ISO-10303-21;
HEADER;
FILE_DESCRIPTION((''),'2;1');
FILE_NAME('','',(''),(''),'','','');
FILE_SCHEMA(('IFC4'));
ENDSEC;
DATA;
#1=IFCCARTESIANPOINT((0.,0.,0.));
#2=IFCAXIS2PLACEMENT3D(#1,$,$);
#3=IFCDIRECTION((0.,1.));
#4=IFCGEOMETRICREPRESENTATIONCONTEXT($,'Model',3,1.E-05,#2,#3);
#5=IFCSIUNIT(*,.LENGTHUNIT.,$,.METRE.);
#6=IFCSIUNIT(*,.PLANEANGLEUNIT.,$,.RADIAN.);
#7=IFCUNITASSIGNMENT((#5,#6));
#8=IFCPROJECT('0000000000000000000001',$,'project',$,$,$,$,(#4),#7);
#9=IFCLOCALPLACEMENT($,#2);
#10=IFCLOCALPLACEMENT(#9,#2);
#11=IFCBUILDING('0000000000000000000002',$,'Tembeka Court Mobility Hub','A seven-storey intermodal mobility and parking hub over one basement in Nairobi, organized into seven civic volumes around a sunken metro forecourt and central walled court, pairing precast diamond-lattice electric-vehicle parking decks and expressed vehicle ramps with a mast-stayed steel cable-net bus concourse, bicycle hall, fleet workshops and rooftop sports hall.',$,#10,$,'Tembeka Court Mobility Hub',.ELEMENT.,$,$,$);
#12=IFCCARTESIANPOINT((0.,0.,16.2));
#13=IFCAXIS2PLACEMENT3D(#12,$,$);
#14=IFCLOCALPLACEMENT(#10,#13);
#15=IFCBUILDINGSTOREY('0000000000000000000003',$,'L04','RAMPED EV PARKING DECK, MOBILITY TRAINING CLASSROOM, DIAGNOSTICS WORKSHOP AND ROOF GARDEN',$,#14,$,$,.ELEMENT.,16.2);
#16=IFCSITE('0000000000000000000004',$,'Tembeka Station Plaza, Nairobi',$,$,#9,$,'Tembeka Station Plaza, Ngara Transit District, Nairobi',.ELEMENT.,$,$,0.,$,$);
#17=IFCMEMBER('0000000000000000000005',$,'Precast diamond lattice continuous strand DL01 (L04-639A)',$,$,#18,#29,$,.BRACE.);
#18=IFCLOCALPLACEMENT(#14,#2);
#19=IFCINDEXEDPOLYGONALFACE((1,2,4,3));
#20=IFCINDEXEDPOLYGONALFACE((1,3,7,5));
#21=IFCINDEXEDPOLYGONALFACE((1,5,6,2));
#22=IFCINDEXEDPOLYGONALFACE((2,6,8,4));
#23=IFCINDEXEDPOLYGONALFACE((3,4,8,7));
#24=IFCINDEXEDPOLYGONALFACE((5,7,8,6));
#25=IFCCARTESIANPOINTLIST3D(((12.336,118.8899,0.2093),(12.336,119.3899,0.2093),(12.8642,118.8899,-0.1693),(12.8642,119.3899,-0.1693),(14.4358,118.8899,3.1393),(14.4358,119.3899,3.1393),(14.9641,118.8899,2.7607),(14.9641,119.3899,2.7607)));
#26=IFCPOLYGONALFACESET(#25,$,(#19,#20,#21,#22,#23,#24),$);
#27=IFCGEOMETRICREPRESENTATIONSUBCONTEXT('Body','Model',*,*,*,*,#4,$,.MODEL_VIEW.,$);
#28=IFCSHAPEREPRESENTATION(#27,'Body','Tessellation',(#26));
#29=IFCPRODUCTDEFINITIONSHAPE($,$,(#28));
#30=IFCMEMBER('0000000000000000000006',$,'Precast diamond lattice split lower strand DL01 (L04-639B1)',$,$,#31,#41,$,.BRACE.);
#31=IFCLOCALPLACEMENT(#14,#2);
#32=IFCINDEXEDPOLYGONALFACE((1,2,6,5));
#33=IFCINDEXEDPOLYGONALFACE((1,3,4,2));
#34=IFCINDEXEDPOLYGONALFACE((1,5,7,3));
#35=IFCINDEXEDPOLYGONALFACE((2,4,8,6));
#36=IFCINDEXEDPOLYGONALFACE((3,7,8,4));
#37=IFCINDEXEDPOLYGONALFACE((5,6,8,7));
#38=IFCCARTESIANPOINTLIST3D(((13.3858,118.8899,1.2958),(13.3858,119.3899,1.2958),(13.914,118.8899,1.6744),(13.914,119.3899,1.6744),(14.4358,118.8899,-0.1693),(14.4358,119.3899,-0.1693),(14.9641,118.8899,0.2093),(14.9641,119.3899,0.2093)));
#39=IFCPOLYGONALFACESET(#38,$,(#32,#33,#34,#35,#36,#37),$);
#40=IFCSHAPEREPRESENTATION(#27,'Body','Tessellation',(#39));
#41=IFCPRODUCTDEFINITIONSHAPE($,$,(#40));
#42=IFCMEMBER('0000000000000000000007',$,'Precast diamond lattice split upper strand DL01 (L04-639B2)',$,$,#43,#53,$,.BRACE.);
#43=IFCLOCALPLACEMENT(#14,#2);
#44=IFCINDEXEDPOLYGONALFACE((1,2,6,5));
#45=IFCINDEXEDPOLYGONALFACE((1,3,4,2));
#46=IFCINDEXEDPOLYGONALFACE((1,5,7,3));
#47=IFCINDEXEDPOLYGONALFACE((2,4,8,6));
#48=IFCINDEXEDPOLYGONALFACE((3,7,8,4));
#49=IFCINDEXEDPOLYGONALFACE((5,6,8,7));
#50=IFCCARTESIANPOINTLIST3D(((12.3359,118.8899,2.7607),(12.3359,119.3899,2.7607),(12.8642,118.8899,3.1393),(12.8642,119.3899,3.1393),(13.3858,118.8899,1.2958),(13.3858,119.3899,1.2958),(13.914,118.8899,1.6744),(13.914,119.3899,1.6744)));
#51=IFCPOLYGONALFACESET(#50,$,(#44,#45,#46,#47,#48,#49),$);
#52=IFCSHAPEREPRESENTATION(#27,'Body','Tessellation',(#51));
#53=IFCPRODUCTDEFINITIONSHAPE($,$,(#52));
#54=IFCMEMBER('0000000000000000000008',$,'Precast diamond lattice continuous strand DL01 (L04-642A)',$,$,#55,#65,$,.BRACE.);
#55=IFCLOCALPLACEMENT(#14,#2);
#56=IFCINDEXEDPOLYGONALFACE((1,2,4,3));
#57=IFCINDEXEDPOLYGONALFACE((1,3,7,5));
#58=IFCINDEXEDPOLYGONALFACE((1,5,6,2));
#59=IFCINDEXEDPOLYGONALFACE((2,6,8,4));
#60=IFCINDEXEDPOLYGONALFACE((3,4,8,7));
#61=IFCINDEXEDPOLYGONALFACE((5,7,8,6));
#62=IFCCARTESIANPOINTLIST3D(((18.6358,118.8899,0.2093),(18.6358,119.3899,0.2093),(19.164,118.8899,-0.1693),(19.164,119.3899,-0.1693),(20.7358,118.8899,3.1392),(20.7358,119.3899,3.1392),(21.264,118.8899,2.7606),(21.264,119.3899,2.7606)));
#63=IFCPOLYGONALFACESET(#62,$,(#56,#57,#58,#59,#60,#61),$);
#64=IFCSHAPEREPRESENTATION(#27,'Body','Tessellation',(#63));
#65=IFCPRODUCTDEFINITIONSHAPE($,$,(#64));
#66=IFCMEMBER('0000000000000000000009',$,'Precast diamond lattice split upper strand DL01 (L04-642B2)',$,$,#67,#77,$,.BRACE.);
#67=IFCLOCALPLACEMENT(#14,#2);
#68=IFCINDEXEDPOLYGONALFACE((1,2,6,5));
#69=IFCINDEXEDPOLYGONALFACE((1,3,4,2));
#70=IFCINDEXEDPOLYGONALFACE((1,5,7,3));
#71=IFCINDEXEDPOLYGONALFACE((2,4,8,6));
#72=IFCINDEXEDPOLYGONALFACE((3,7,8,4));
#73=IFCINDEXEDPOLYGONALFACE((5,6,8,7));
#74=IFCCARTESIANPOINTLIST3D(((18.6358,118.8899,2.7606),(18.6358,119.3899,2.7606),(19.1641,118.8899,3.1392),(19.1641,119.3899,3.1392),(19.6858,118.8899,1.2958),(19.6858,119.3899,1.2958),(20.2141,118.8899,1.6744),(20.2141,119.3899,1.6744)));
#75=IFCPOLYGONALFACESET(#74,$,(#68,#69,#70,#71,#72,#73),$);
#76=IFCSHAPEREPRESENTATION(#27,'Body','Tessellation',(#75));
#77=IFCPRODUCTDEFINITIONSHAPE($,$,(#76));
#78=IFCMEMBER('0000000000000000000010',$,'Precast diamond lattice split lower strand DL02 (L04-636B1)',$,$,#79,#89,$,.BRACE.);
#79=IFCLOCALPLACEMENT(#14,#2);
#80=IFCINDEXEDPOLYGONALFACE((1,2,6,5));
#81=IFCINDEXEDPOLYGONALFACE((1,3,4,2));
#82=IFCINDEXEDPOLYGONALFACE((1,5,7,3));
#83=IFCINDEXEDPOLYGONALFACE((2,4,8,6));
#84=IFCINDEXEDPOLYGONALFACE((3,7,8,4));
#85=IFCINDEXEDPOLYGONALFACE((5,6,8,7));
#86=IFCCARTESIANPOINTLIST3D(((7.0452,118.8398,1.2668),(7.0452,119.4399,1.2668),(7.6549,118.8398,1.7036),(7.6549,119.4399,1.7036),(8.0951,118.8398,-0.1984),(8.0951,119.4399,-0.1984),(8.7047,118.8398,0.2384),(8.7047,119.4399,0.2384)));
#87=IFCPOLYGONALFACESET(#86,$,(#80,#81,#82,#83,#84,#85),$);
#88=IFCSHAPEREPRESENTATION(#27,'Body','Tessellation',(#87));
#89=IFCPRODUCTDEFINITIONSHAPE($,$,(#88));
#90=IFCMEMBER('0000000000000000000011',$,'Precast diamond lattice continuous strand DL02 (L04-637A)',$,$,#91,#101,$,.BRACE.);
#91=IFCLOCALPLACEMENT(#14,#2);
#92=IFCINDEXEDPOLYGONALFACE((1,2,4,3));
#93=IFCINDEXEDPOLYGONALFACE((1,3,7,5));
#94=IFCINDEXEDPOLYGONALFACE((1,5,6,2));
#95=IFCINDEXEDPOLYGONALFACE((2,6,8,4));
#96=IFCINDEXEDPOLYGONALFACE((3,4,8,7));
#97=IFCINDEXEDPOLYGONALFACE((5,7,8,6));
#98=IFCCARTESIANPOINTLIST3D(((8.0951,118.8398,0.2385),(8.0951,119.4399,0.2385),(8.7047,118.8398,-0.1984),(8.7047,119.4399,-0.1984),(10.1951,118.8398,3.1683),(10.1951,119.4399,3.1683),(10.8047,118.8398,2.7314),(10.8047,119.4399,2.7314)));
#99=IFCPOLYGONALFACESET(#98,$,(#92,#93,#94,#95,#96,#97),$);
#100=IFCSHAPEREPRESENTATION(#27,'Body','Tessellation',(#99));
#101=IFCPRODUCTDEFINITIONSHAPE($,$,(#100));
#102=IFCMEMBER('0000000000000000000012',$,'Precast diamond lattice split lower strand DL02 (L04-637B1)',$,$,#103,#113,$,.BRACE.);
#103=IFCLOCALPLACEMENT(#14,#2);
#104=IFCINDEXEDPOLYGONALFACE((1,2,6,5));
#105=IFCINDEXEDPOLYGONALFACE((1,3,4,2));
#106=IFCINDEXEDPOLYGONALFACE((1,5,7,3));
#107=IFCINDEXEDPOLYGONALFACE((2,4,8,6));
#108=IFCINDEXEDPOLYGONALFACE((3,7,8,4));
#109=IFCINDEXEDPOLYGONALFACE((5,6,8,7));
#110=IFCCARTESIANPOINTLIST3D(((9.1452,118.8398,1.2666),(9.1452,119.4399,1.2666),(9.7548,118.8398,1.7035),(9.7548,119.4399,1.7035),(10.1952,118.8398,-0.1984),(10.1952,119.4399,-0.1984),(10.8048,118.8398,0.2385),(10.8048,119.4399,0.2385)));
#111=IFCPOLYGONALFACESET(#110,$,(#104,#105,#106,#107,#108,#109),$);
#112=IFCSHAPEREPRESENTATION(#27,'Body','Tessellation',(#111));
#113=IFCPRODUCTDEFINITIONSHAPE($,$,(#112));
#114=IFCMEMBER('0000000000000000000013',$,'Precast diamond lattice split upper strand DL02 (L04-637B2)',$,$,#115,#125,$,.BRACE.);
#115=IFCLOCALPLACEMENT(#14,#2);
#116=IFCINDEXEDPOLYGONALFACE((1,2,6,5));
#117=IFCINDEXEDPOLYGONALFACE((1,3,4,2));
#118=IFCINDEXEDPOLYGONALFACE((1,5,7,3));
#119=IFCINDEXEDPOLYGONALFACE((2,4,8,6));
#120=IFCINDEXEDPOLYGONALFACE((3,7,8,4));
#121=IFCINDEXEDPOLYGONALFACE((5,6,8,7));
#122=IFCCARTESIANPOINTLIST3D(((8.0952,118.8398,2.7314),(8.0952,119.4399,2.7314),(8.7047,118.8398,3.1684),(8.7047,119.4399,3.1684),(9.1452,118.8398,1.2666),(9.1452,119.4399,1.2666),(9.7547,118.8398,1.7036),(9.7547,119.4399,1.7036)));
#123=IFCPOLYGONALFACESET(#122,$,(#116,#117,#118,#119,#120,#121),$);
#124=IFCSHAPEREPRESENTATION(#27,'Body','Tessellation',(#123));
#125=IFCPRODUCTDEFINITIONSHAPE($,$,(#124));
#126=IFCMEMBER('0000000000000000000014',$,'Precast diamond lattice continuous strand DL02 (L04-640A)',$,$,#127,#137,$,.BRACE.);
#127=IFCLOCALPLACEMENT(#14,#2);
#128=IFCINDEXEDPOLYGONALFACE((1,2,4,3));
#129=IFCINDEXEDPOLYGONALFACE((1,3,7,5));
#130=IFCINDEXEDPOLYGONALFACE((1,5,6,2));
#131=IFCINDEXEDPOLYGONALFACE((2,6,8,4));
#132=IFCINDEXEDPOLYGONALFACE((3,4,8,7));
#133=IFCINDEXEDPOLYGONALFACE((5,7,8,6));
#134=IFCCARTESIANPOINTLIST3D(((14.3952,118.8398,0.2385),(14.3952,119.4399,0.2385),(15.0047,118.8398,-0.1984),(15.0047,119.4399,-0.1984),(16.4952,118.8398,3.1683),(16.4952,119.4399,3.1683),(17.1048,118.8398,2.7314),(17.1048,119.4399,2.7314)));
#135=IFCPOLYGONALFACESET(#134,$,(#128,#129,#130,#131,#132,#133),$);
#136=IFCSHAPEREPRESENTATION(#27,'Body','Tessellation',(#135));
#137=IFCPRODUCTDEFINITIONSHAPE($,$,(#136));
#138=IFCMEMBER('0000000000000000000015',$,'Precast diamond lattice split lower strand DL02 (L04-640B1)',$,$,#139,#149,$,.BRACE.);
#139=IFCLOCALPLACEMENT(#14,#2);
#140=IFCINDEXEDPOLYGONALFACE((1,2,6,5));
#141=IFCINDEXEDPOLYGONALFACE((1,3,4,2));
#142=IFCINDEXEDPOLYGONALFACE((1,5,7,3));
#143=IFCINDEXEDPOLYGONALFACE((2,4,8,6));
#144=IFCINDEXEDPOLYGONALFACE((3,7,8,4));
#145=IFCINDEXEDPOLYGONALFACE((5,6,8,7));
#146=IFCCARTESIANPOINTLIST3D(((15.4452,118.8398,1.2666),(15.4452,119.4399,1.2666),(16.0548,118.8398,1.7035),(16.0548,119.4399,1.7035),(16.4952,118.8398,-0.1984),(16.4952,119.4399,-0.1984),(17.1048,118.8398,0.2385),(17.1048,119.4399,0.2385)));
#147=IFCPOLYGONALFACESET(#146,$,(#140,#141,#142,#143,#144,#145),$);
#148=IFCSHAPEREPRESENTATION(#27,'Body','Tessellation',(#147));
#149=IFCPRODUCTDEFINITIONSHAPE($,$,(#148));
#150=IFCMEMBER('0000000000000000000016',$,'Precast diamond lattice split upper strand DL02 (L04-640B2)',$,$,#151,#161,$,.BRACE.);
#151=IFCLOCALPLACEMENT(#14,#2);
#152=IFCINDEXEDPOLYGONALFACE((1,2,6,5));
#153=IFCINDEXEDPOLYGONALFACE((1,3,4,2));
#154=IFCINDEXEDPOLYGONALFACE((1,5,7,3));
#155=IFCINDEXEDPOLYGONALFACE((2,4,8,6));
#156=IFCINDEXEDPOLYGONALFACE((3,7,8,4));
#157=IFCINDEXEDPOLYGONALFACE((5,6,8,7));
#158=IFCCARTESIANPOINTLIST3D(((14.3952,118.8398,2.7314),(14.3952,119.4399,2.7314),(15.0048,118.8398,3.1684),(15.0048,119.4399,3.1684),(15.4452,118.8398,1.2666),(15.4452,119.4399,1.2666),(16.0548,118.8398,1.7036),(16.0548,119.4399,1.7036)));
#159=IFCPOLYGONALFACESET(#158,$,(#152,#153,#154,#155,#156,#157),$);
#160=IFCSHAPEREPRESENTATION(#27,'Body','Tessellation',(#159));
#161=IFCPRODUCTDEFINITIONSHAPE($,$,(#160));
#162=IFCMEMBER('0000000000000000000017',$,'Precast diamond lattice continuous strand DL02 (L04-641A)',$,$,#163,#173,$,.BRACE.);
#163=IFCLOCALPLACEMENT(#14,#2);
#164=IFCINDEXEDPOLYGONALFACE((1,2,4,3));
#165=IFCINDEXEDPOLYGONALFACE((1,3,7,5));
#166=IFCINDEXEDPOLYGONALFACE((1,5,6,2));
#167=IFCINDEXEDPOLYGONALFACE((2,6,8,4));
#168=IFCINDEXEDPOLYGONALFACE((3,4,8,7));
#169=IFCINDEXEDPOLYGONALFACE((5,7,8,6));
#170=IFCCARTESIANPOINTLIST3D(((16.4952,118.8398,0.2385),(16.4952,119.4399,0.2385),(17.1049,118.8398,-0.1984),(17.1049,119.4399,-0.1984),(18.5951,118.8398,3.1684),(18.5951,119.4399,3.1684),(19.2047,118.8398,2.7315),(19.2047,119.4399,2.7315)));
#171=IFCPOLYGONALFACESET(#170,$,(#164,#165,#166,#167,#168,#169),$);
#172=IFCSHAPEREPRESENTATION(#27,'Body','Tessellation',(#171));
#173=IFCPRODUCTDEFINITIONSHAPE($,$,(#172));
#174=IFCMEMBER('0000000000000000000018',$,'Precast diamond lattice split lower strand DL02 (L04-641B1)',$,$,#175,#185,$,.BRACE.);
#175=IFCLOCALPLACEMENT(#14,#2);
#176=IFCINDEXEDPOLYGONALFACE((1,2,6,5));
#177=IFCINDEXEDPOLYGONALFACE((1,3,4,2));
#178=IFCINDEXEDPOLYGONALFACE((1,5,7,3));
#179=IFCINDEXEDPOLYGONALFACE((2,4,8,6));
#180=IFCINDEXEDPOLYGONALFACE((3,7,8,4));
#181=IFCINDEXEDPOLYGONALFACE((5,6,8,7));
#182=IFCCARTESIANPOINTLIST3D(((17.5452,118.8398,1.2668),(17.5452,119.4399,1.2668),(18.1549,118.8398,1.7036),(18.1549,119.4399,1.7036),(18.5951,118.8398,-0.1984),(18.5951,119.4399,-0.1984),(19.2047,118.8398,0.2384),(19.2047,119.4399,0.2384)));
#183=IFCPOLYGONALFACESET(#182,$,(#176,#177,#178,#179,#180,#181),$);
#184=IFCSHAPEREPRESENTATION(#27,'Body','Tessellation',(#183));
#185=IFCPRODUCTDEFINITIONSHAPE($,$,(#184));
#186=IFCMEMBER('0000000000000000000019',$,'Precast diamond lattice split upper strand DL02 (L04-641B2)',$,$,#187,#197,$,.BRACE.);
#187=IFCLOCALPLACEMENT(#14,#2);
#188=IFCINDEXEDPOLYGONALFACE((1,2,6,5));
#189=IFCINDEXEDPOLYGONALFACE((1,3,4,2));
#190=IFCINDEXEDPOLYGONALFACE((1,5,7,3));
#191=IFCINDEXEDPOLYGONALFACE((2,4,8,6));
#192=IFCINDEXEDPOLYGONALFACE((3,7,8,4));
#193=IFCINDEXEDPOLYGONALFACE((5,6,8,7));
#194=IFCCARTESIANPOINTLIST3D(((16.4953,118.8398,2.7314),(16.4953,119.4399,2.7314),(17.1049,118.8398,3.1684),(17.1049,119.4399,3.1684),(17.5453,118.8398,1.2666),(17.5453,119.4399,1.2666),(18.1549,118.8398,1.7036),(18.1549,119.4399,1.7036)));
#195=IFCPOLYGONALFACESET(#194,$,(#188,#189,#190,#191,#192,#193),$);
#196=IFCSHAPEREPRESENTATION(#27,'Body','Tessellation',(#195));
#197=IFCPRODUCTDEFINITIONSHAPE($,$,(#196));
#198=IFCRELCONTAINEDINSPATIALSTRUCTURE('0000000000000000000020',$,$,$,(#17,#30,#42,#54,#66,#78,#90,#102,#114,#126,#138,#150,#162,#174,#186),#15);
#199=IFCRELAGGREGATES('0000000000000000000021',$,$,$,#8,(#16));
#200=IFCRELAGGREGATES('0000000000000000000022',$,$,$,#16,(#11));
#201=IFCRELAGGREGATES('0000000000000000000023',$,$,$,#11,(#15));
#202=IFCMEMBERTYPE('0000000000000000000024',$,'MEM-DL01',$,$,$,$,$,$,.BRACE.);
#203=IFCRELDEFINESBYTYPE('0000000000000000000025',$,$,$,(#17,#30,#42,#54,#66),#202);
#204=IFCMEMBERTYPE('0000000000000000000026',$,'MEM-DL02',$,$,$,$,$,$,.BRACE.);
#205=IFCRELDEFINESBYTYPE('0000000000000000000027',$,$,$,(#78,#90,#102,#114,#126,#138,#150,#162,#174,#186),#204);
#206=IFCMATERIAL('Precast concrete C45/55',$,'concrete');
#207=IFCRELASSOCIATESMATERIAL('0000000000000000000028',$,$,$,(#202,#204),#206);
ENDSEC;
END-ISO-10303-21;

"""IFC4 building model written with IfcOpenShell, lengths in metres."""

from ifc_helpers import new_model, si_unit, direction, frame, origin, origin_2d, place, context, subcontext, project, spatial, rectangle, extrude, material, material_profile, profile_set, type_object, element, save


model = new_model("IFC4")

# Units and contexts
model_context = context("Model", 3, precision=1e-05, world=origin(), true_north=direction((0.0, 1.0)))
body_context = subcontext(model_context, "Body", "Model", "MODEL_VIEW")
ifc_project = project(units=[si_unit("LENGTHUNIT", "METRE"), si_unit("PLANEANGLEUNIT", "RADIAN")], contexts=[model_context])

# Site, building, storey
site_placement = place(None, origin())
site = spatial("IfcSite", under=ifc_project, at=site_placement, Name="Tembeka Station Plaza, Nairobi", LongName="Tembeka Station Plaza, Ngara Transit District, Nairobi", CompositionType="ELEMENT", RefElevation=0.0)
building_placement = place(site_placement, origin())
building = spatial("IfcBuilding", under=site, at=building_placement, Name="Tembeka Court Mobility Hub", Description="A seven-storey intermodal mobility and parking hub over one basement in Nairobi, organized into seven civic volumes around a sunken metro forecourt and central walled court, pairing precast diamond-lattice electric-vehicle parking decks and expressed vehicle ramps with a mast-stayed steel cable-net bus concourse, bicycle hall, fleet workshops and rooftop sports hall.", LongName="Tembeka Court Mobility Hub", CompositionType="ELEMENT")
storey_placement = place(building_placement, frame((0.0, 0.0, 16.2)))
storey = spatial("IfcBuildingStorey", under=building, at=storey_placement, Name="L04", Description="RAMPED EV PARKING DECK, MOBILITY TRAINING CLASSROOM, DIAGNOSTICS WORKSHOP AND ROOF GARDEN", CompositionType="ELEMENT", Elevation=16.2)

# Shared definitions
ifc_material_1 = material(Name="Precast concrete C45/55", Category="concrete")

# Members
ifc_material_profile_1 = material_profile(ifc_material_1, rectangle(XDim=0.5, YDim=0.6499, at=origin_2d()), Name="PC-DIAG 500x650")
ifc_profile_set_1 = profile_set([ifc_material_profile_1], Name="Precast concrete C45/55")
member_type_1 = type_object("IfcMemberType", Name="MEM-DL01", PredefinedType="BRACE", material=ifc_profile_set_1)
member_1_placement = place(storey_placement, frame((12.6001, 119.1399, 0.02), z_axis=(0.582532, 0.0, 0.812808), x_axis=(0.0, 1.0, 0.0)))
element("IfcMember", 1, at=member_1_placement, inside=storey, type_object=member_type_1, Name="Precast diamond lattice continuous strand DL01 (L04-639A)", PredefinedType="BRACE", context=body_context, shape_type="SweptSolid", body=[
    extrude(rectangle(XDim=0.5, YDim=0.6499, at=origin_2d()), origin(), (0.0, 0.0, 1.0), 3.6047),
])
member_2_placement = place(storey_placement, frame((14.7, 119.1399, 0.02), z_axis=(-0.582544, 0.0, 0.812799), x_axis=(0.0, -1.0, 0.0)))
element("IfcMember", 2, at=member_2_placement, inside=storey, type_object=member_type_1, Name="Precast diamond lattice split lower strand DL01 (L04-639B1)", PredefinedType="BRACE", context=body_context, shape_type="SweptSolid", body=[
    extrude(rectangle(XDim=0.5, YDim=0.6499, at=origin_2d()), origin(), (0.0, 0.0, 1.0), 1.8025),
])
member_3_placement = place(storey_placement, frame((13.6499, 119.1399, 1.4851), z_axis=(-0.582519, 0.0, 0.812817), x_axis=(0.0, -1.0, 0.0)))
element("IfcMember", 3, at=member_3_placement, inside=storey, type_object=member_type_1, Name="Precast diamond lattice split upper strand DL01 (L04-639B2)", PredefinedType="BRACE", context=body_context, shape_type="SweptSolid", body=[
    extrude(rectangle(XDim=0.5, YDim=0.6499, at=origin_2d()), origin(), (0.0, 0.0, 1.0), 1.8022),
])
member_4_placement = place(storey_placement, frame((18.8999, 119.1399, 0.02), z_axis=(0.582576, 0.0, 0.812776), x_axis=(0.0, 1.0, 0.0)))
element("IfcMember", 4, at=member_4_placement, inside=storey, type_object=member_type_1, Name="Precast diamond lattice continuous strand DL01 (L04-642A)", PredefinedType="BRACE", context=body_context, shape_type="SweptSolid", body=[
    extrude(rectangle(XDim=0.5, YDim=0.6499, at=origin_2d()), origin(), (0.0, 0.0, 1.0), 3.6047),
])
member_5_placement = place(storey_placement, frame((19.95, 119.1399, 1.4851), z_axis=(-0.582608, 0.0, 0.812753), x_axis=(0.0, -1.0, 0.0)))
element("IfcMember", 5, at=member_5_placement, inside=storey, type_object=member_type_1, Name="Precast diamond lattice split upper strand DL01 (L04-642B2)", PredefinedType="BRACE", context=body_context, shape_type="SweptSolid", body=[
    extrude(rectangle(XDim=0.5, YDim=0.6499, at=origin_2d()), origin(), (0.0, 0.0, 1.0), 1.8022),
])
ifc_material_profile_2 = material_profile(ifc_material_1, rectangle(XDim=0.6001, YDim=0.75, at=origin_2d()), Name="PC-DIAG 600x750")
ifc_profile_set_2 = profile_set([ifc_material_profile_2], Name="Precast concrete C45/55")
member_type_2 = type_object("IfcMemberType", Name="MEM-DL02", PredefinedType="BRACE", material=ifc_profile_set_2)
member_6_placement = place(storey_placement, frame((8.3999, 119.1399, 0.02), z_axis=(-0.582455, 0.0, 0.812863), x_axis=(0.0, -1.0, 0.0)))
element("IfcMember", 6, at=member_6_placement, inside=storey, type_object=member_type_2, Name="Precast diamond lattice split lower strand DL02 (L04-636B1)", PredefinedType="BRACE", context=body_context, shape_type="SweptSolid", body=[
    extrude(rectangle(XDim=0.6001, YDim=0.75, at=origin_2d()), origin(), (0.0, 0.0, 1.0), 1.8025),
])
member_7_placement = place(storey_placement, frame((8.3999, 119.1399, 0.02), z_axis=(0.582576, 0.0, 0.812776), x_axis=(0.0, 1.0, 0.0)))
element("IfcMember", 7, at=member_7_placement, inside=storey, type_object=member_type_2, Name="Precast diamond lattice continuous strand DL02 (L04-637A)", PredefinedType="BRACE", context=body_context, shape_type="SweptSolid", body=[
    extrude(rectangle(XDim=0.6001, YDim=0.75, at=origin_2d()), origin(), (0.0, 0.0, 1.0), 3.6047),
])
member_8_placement = place(storey_placement, frame((10.5, 119.1399, 0.02), z_axis=(-0.582544, 0.0, 0.812799), x_axis=(0.0, -1.0, 0.0)))
element("IfcMember", 8, at=member_8_placement, inside=storey, type_object=member_type_2, Name="Precast diamond lattice split lower strand DL02 (L04-637B1)", PredefinedType="BRACE", context=body_context, shape_type="SweptSolid", body=[
    extrude(rectangle(XDim=0.6001, YDim=0.75, at=origin_2d()), origin(), (0.0, 0.0, 1.0), 1.8025),
])
member_9_placement = place(storey_placement, frame((9.45, 119.1399, 1.4851), z_axis=(-0.582608, 0.0, 0.812753), x_axis=(0.0, -1.0, 0.0)))
element("IfcMember", 9, at=member_9_placement, inside=storey, type_object=member_type_2, Name="Precast diamond lattice split upper strand DL02 (L04-637B2)", PredefinedType="BRACE", context=body_context, shape_type="SweptSolid", body=[
    extrude(rectangle(XDim=0.6001, YDim=0.75, at=origin_2d()), origin(), (0.0, 0.0, 1.0), 1.8022),
])
member_10_placement = place(storey_placement, frame((14.7, 119.1399, 0.02), z_axis=(0.582576, 0.0, 0.812776), x_axis=(0.0, 1.0, 0.0)))
element("IfcMember", 10, at=member_10_placement, inside=storey, type_object=member_type_2, Name="Precast diamond lattice continuous strand DL02 (L04-640A)", PredefinedType="BRACE", context=body_context, shape_type="SweptSolid", body=[
    extrude(rectangle(XDim=0.6001, YDim=0.75, at=origin_2d()), origin(), (0.0, 0.0, 1.0), 3.6047),
])
member_11_placement = place(storey_placement, frame((16.8, 119.1399, 0.02), z_axis=(-0.582544, 0.0, 0.812799), x_axis=(0.0, -1.0, 0.0)))
element("IfcMember", 11, at=member_11_placement, inside=storey, type_object=member_type_2, Name="Precast diamond lattice split lower strand DL02 (L04-640B1)", PredefinedType="BRACE", context=body_context, shape_type="SweptSolid", body=[
    extrude(rectangle(XDim=0.6001, YDim=0.75, at=origin_2d()), origin(), (0.0, 0.0, 1.0), 1.8025),
])
member_12_placement = place(storey_placement, frame((15.75, 119.1399, 1.4851), z_axis=(-0.582608, 0.0, 0.812753), x_axis=(0.0, -1.0, 0.0)))
element("IfcMember", 12, at=member_12_placement, inside=storey, type_object=member_type_2, Name="Precast diamond lattice split upper strand DL02 (L04-640B2)", PredefinedType="BRACE", context=body_context, shape_type="SweptSolid", body=[
    extrude(rectangle(XDim=0.6001, YDim=0.75, at=origin_2d()), origin(), (0.0, 0.0, 1.0), 1.8022),
])
member_13_placement = place(storey_placement, frame((16.8, 119.1399, 0.02), z_axis=(0.582532, 0.0, 0.812808), x_axis=(0.0, 1.0, 0.0)))
element("IfcMember", 13, at=member_13_placement, inside=storey, type_object=member_type_2, Name="Precast diamond lattice continuous strand DL02 (L04-641A)", PredefinedType="BRACE", context=body_context, shape_type="SweptSolid", body=[
    extrude(rectangle(XDim=0.6001, YDim=0.75, at=origin_2d()), origin(), (0.0, 0.0, 1.0), 3.6047),
])
member_14_placement = place(storey_placement, frame((18.8999, 119.1399, 0.02), z_axis=(-0.582455, 0.0, 0.812863), x_axis=(0.0, -1.0, 0.0)))
element("IfcMember", 14, at=member_14_placement, inside=storey, type_object=member_type_2, Name="Precast diamond lattice split lower strand DL02 (L04-641B1)", PredefinedType="BRACE", context=body_context, shape_type="SweptSolid", body=[
    extrude(rectangle(XDim=0.6001, YDim=0.75, at=origin_2d()), origin(), (0.0, 0.0, 1.0), 1.8025),
])
member_15_placement = place(storey_placement, frame((17.8501, 119.1399, 1.4851), z_axis=(-0.582608, 0.0, 0.812753), x_axis=(0.0, -1.0, 0.0)))
element("IfcMember", 15, at=member_15_placement, inside=storey, type_object=member_type_2, Name="Precast diamond lattice split upper strand DL02 (L04-641B2)", PredefinedType="BRACE", context=body_context, shape_type="SweptSolid", body=[
    extrude(rectangle(XDim=0.6001, YDim=0.75, at=origin_2d()), origin(), (0.0, 0.0, 1.0), 1.8022),
])

save(model, "model.ifc")
